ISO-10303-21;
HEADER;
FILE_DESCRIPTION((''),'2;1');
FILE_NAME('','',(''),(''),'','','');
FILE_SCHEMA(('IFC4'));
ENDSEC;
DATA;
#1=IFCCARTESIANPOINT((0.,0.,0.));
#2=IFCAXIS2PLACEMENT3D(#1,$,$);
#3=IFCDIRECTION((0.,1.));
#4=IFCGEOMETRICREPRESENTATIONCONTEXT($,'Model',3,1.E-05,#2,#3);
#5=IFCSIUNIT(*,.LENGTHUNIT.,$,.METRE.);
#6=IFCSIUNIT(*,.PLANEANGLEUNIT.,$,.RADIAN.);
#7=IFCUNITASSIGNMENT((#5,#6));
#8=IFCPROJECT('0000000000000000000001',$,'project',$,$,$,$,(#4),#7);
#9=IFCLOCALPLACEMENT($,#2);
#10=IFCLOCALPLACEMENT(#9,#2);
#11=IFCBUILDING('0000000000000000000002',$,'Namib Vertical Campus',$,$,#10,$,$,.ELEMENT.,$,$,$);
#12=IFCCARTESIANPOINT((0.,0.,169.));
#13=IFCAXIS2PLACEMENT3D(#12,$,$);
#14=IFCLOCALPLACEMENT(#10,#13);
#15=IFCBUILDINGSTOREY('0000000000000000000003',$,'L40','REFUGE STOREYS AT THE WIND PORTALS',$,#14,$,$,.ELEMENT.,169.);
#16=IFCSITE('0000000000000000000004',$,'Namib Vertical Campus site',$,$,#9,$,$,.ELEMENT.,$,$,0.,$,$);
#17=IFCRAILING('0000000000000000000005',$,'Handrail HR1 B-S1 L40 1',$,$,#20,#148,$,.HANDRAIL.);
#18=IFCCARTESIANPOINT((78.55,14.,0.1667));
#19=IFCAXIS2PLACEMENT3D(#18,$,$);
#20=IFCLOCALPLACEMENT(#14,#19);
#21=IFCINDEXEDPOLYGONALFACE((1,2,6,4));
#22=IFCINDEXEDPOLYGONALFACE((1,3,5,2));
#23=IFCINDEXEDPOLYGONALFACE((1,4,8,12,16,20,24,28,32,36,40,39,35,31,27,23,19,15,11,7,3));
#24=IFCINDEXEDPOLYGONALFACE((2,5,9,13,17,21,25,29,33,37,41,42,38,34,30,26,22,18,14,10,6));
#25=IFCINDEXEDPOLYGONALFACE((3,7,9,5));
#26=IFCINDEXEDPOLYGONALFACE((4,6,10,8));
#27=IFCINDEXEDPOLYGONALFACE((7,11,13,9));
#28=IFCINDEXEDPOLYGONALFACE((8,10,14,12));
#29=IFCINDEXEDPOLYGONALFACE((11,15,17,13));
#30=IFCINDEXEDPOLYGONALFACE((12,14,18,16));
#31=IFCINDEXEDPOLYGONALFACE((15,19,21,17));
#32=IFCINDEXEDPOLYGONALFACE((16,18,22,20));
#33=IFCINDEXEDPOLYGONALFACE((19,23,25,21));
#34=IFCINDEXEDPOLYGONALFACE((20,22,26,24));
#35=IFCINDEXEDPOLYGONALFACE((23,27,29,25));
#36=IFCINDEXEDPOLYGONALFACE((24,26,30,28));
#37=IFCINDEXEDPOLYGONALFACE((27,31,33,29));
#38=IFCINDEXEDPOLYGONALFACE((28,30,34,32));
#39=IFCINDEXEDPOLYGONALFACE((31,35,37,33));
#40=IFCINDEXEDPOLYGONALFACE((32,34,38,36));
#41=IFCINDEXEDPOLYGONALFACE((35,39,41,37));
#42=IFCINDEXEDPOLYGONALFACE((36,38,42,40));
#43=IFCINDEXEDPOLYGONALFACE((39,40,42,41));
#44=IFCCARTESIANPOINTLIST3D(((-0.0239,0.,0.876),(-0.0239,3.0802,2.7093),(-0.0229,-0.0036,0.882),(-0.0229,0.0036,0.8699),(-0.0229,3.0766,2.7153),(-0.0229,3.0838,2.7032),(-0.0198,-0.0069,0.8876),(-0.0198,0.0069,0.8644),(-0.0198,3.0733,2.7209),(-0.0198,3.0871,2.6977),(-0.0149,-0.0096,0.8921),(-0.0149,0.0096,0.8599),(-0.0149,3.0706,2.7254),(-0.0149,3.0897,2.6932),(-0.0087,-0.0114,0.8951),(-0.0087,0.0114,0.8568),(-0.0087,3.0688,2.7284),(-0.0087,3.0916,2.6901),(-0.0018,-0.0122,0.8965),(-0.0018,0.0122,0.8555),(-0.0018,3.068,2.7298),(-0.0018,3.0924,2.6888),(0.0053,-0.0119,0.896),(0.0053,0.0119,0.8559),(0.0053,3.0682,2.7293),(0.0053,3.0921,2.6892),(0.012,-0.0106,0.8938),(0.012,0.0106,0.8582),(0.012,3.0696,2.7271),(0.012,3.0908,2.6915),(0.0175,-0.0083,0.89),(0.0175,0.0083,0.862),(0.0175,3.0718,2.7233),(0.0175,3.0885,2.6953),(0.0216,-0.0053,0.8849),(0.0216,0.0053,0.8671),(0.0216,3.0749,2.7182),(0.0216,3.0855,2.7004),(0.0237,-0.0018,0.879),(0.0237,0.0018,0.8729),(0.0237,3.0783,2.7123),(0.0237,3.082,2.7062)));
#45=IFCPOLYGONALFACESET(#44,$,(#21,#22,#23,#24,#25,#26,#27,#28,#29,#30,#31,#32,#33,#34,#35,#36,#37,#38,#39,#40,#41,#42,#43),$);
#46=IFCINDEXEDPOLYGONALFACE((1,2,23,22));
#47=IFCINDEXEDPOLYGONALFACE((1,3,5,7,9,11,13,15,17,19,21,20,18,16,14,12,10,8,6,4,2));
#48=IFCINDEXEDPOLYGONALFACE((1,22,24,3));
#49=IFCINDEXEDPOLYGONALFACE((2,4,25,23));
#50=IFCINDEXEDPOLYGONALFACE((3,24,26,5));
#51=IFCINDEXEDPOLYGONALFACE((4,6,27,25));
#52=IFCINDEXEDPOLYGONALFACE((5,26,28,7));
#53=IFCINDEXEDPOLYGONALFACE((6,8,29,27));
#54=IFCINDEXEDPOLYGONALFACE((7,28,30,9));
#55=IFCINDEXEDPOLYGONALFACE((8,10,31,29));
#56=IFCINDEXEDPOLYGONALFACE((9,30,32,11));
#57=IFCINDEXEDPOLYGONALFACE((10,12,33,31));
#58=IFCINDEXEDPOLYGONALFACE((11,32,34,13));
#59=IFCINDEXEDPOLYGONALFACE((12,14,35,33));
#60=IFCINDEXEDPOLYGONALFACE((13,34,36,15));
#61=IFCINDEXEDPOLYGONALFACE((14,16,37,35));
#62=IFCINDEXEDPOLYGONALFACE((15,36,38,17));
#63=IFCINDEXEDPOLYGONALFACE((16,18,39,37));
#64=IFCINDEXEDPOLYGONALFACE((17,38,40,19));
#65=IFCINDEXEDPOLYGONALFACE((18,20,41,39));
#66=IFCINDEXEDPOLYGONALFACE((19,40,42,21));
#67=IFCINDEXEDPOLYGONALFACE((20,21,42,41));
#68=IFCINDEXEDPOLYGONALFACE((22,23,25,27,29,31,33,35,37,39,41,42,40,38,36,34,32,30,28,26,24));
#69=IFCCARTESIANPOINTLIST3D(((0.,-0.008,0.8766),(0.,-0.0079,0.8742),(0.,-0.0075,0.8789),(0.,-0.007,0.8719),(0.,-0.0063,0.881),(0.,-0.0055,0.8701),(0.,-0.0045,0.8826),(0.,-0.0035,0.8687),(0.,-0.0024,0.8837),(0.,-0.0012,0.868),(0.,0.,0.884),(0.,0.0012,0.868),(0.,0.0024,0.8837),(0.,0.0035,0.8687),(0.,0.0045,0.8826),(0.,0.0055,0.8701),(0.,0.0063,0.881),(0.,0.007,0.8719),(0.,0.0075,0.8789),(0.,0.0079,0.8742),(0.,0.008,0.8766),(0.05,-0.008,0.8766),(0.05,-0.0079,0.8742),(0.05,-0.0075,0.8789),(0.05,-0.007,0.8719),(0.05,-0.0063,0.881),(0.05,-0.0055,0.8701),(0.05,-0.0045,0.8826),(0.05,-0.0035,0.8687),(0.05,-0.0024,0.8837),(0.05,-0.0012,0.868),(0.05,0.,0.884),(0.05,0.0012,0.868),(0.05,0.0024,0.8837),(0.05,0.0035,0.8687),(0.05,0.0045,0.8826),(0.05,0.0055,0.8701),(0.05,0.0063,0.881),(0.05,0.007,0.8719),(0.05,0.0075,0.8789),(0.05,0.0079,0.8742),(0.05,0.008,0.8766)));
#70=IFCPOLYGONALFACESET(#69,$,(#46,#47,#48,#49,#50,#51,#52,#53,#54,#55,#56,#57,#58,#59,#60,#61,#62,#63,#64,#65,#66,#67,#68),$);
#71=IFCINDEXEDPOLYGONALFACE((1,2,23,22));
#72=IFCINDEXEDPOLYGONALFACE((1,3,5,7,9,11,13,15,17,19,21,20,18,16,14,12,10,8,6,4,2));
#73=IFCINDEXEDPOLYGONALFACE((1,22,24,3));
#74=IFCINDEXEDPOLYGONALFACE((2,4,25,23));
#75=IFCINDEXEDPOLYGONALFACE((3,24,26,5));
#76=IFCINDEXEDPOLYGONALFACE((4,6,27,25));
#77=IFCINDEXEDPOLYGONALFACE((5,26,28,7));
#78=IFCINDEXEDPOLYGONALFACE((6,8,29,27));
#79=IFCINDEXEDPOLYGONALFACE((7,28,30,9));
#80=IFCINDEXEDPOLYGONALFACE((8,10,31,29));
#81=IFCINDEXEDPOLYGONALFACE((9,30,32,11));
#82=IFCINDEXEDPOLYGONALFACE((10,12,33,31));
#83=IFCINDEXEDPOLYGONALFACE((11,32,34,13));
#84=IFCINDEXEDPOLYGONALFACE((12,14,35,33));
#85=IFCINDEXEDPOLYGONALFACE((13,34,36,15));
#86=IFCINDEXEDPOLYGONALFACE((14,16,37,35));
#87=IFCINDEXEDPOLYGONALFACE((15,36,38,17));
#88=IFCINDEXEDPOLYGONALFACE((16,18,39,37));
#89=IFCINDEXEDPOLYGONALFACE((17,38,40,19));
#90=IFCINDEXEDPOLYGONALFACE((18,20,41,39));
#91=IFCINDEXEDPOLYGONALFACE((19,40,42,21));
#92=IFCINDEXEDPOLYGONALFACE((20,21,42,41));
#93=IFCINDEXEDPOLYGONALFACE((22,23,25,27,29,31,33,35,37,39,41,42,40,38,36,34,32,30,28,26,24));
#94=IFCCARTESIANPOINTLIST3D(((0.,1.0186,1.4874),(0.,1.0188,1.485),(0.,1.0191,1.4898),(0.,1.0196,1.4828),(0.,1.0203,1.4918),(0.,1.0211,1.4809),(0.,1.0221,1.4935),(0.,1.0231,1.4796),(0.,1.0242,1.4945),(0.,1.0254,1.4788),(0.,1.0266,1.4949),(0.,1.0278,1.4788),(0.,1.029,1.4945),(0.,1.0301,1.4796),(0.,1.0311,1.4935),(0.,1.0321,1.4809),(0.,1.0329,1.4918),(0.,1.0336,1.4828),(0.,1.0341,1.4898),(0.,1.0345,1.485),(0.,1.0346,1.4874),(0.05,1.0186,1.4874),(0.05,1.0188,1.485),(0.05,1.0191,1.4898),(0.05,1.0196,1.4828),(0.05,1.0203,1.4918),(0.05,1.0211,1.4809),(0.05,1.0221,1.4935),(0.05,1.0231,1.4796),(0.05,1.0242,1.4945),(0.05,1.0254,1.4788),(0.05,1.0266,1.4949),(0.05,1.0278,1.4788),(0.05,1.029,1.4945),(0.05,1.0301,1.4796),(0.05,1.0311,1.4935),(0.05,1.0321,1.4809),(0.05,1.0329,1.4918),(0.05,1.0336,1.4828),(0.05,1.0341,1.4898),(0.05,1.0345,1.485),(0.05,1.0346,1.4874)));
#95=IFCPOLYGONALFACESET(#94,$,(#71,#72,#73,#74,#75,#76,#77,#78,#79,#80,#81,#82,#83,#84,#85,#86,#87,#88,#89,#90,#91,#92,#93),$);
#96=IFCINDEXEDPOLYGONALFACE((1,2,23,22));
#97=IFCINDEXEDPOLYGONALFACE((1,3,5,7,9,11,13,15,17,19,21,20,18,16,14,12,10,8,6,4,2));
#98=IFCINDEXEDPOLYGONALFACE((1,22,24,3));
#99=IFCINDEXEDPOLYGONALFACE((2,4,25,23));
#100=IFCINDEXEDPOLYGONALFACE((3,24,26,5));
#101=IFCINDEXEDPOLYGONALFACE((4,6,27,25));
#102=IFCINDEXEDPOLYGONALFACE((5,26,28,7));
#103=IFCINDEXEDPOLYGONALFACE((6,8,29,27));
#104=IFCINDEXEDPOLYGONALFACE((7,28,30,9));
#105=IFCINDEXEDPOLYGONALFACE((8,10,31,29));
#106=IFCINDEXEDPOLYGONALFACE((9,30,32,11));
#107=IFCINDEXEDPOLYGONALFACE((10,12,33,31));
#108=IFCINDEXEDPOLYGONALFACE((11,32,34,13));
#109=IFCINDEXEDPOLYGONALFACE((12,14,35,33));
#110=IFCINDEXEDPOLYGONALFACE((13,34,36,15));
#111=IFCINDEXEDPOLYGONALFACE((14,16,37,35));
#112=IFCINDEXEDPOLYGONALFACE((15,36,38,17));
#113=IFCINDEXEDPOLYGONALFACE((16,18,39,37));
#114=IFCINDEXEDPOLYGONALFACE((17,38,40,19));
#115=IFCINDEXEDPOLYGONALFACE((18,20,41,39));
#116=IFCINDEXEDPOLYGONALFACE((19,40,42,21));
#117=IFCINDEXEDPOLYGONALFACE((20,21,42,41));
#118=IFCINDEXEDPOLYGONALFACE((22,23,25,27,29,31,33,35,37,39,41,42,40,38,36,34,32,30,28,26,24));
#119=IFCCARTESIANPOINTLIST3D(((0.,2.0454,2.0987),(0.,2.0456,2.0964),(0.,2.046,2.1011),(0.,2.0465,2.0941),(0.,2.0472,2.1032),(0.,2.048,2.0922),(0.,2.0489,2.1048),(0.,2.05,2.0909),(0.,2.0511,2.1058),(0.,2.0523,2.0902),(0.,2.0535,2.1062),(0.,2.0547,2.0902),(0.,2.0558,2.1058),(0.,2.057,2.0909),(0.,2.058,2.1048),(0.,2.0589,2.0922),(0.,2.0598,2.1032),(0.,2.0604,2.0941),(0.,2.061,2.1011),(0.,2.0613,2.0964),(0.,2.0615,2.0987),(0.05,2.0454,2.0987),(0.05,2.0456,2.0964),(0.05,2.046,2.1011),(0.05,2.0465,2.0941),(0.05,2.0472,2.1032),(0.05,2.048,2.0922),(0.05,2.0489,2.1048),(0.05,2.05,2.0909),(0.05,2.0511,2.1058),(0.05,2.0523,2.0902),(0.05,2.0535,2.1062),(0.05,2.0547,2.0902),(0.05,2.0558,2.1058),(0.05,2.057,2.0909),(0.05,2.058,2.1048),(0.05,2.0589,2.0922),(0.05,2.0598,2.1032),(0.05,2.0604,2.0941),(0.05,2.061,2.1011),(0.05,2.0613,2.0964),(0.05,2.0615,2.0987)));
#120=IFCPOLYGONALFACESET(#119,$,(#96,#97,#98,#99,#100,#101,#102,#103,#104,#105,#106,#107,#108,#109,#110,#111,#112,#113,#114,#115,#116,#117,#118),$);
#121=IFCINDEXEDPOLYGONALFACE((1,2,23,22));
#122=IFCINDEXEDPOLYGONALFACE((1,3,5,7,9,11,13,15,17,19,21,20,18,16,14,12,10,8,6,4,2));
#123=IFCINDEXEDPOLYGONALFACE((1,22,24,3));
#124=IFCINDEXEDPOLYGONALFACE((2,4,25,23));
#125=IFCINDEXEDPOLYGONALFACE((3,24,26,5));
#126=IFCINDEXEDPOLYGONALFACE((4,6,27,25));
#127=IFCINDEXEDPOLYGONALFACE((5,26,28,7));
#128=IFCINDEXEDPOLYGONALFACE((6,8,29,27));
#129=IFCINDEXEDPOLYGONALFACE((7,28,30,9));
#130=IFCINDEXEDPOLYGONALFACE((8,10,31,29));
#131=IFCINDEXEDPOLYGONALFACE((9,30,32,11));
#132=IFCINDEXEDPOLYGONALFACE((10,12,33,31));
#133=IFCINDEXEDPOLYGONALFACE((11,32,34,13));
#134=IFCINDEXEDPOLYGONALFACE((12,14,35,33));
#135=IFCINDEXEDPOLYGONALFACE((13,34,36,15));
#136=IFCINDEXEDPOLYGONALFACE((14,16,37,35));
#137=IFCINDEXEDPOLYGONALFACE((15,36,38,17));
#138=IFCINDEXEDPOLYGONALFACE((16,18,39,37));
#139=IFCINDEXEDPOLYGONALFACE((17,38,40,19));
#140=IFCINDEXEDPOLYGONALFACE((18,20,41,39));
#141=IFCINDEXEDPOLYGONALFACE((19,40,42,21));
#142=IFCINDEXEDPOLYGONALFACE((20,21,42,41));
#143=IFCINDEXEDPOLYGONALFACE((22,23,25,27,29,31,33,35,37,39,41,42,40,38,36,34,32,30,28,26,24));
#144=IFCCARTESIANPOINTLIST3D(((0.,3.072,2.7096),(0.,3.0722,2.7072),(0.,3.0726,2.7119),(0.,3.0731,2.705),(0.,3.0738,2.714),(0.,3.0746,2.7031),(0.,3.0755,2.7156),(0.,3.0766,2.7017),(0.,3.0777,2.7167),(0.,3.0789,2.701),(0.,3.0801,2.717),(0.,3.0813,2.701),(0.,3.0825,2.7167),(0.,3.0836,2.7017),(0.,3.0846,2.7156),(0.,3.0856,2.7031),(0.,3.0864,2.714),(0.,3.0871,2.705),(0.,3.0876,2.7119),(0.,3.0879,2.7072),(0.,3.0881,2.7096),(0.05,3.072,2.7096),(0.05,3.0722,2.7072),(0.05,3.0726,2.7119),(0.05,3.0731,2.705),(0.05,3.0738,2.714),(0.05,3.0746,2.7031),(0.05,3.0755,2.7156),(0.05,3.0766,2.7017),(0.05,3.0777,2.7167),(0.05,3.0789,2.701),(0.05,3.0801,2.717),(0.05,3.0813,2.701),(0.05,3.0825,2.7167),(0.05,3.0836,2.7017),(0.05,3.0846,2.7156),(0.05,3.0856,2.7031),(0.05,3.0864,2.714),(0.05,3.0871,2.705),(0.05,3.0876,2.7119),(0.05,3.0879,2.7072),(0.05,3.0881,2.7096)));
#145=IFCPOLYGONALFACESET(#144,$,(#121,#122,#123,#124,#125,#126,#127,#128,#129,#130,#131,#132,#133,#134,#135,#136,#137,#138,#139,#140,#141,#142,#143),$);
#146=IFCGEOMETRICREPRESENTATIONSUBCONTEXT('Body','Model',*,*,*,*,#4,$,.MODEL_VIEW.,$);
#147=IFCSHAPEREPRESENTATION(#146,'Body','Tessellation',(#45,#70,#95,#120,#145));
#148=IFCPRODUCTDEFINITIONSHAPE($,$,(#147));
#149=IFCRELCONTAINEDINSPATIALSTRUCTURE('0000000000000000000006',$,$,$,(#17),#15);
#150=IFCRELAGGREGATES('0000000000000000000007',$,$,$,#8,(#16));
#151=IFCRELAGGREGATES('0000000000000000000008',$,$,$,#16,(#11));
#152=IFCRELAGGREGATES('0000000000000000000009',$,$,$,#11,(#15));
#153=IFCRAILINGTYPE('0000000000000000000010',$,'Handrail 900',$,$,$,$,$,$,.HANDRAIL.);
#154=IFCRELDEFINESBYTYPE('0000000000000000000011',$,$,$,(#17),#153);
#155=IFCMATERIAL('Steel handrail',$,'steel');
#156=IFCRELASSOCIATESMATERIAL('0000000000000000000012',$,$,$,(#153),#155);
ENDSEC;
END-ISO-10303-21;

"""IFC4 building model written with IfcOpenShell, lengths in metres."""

from ifc_helpers import new_model, si_unit, direction, frame, origin, origin_2d, place, context, subcontext, project, spatial, circle, extrude, material, type_object, element, save


model = new_model("IFC4")

# Units and contexts
model_context = context("Model", 3, precision=1e-05, world=origin(), true_north=direction((0.0, 1.0)))
body_context = subcontext(model_context, "Body", "Model", "MODEL_VIEW")
ifc_project = project(units=[si_unit("LENGTHUNIT", "METRE"), si_unit("PLANEANGLEUNIT", "RADIAN")], contexts=[model_context])

# Site, building, storey
site_placement = place(None, origin())
site = spatial("IfcSite", under=ifc_project, at=site_placement, Name="Namib Vertical Campus site", CompositionType="ELEMENT", RefElevation=0.0)
building_placement = place(site_placement, origin())
building = spatial("IfcBuilding", under=site, at=building_placement, Name="Namib Vertical Campus", CompositionType="ELEMENT")
storey_placement = place(building_placement, frame((0.0, 0.0, 169.0)))
storey = spatial("IfcBuildingStorey", under=building, at=storey_placement, Name="L40", Description="REFUGE STOREYS AT THE WIND PORTALS", CompositionType="ELEMENT", Elevation=169.0)

# Railing
ifc_material_1 = material(Name="Steel handrail", Category="steel")
railing_type_1 = type_object("IfcRailingType", Name="Handrail 900", PredefinedType="HANDRAIL", material=ifc_material_1)
railing_1_placement = place(storey_placement, frame((78.55, 14.0, 0.1667)))
element("IfcRailing", 1, at=railing_1_placement, inside=storey, type_object=railing_type_1, Name="Handrail HR1 B-S1 L40 1", PredefinedType="HANDRAIL", context=body_context, shape_type="SweptSolid", body=[
    extrude(circle(Radius=0.0239, at=origin_2d()), frame((0.0, 0.0, 0.876), z_axis=(0.0, 0.859309, 0.511458), x_axis=(-1.0, 0.0, 0.0)), (0.0, 0.0, 1.0), 3.5845),
    extrude(circle(Radius=0.0081, at=origin_2d()), frame((0.0, 0.0, 0.876), z_axis=(1.0, 0.0, 0.0), x_axis=(0.0, 0.0, 1.0)), (0.0, 0.0, 1.0), 0.05),
    extrude(circle(Radius=0.0081, at=origin_2d()), frame((0.0, 1.0266, 1.4868), z_axis=(1.0, 0.0, 0.0), x_axis=(0.0, 0.0, 1.0)), (0.0, 0.0, 1.0), 0.05),
    extrude(circle(Radius=0.0081, at=origin_2d()), frame((0.0, 2.0535, 2.0981), z_axis=(1.0, 0.0, 0.0), x_axis=(0.0, 0.0, 1.0)), (0.0, 0.0, 1.0), 0.05),
    extrude(circle(Radius=0.0081, at=origin_2d()), frame((0.0, 3.0801, 2.709), z_axis=(1.0, 0.0, 0.0), x_axis=(0.0, 0.0, 1.0)), (0.0, 0.0, 1.0), 0.05),
])

save(model, "model.ifc")
